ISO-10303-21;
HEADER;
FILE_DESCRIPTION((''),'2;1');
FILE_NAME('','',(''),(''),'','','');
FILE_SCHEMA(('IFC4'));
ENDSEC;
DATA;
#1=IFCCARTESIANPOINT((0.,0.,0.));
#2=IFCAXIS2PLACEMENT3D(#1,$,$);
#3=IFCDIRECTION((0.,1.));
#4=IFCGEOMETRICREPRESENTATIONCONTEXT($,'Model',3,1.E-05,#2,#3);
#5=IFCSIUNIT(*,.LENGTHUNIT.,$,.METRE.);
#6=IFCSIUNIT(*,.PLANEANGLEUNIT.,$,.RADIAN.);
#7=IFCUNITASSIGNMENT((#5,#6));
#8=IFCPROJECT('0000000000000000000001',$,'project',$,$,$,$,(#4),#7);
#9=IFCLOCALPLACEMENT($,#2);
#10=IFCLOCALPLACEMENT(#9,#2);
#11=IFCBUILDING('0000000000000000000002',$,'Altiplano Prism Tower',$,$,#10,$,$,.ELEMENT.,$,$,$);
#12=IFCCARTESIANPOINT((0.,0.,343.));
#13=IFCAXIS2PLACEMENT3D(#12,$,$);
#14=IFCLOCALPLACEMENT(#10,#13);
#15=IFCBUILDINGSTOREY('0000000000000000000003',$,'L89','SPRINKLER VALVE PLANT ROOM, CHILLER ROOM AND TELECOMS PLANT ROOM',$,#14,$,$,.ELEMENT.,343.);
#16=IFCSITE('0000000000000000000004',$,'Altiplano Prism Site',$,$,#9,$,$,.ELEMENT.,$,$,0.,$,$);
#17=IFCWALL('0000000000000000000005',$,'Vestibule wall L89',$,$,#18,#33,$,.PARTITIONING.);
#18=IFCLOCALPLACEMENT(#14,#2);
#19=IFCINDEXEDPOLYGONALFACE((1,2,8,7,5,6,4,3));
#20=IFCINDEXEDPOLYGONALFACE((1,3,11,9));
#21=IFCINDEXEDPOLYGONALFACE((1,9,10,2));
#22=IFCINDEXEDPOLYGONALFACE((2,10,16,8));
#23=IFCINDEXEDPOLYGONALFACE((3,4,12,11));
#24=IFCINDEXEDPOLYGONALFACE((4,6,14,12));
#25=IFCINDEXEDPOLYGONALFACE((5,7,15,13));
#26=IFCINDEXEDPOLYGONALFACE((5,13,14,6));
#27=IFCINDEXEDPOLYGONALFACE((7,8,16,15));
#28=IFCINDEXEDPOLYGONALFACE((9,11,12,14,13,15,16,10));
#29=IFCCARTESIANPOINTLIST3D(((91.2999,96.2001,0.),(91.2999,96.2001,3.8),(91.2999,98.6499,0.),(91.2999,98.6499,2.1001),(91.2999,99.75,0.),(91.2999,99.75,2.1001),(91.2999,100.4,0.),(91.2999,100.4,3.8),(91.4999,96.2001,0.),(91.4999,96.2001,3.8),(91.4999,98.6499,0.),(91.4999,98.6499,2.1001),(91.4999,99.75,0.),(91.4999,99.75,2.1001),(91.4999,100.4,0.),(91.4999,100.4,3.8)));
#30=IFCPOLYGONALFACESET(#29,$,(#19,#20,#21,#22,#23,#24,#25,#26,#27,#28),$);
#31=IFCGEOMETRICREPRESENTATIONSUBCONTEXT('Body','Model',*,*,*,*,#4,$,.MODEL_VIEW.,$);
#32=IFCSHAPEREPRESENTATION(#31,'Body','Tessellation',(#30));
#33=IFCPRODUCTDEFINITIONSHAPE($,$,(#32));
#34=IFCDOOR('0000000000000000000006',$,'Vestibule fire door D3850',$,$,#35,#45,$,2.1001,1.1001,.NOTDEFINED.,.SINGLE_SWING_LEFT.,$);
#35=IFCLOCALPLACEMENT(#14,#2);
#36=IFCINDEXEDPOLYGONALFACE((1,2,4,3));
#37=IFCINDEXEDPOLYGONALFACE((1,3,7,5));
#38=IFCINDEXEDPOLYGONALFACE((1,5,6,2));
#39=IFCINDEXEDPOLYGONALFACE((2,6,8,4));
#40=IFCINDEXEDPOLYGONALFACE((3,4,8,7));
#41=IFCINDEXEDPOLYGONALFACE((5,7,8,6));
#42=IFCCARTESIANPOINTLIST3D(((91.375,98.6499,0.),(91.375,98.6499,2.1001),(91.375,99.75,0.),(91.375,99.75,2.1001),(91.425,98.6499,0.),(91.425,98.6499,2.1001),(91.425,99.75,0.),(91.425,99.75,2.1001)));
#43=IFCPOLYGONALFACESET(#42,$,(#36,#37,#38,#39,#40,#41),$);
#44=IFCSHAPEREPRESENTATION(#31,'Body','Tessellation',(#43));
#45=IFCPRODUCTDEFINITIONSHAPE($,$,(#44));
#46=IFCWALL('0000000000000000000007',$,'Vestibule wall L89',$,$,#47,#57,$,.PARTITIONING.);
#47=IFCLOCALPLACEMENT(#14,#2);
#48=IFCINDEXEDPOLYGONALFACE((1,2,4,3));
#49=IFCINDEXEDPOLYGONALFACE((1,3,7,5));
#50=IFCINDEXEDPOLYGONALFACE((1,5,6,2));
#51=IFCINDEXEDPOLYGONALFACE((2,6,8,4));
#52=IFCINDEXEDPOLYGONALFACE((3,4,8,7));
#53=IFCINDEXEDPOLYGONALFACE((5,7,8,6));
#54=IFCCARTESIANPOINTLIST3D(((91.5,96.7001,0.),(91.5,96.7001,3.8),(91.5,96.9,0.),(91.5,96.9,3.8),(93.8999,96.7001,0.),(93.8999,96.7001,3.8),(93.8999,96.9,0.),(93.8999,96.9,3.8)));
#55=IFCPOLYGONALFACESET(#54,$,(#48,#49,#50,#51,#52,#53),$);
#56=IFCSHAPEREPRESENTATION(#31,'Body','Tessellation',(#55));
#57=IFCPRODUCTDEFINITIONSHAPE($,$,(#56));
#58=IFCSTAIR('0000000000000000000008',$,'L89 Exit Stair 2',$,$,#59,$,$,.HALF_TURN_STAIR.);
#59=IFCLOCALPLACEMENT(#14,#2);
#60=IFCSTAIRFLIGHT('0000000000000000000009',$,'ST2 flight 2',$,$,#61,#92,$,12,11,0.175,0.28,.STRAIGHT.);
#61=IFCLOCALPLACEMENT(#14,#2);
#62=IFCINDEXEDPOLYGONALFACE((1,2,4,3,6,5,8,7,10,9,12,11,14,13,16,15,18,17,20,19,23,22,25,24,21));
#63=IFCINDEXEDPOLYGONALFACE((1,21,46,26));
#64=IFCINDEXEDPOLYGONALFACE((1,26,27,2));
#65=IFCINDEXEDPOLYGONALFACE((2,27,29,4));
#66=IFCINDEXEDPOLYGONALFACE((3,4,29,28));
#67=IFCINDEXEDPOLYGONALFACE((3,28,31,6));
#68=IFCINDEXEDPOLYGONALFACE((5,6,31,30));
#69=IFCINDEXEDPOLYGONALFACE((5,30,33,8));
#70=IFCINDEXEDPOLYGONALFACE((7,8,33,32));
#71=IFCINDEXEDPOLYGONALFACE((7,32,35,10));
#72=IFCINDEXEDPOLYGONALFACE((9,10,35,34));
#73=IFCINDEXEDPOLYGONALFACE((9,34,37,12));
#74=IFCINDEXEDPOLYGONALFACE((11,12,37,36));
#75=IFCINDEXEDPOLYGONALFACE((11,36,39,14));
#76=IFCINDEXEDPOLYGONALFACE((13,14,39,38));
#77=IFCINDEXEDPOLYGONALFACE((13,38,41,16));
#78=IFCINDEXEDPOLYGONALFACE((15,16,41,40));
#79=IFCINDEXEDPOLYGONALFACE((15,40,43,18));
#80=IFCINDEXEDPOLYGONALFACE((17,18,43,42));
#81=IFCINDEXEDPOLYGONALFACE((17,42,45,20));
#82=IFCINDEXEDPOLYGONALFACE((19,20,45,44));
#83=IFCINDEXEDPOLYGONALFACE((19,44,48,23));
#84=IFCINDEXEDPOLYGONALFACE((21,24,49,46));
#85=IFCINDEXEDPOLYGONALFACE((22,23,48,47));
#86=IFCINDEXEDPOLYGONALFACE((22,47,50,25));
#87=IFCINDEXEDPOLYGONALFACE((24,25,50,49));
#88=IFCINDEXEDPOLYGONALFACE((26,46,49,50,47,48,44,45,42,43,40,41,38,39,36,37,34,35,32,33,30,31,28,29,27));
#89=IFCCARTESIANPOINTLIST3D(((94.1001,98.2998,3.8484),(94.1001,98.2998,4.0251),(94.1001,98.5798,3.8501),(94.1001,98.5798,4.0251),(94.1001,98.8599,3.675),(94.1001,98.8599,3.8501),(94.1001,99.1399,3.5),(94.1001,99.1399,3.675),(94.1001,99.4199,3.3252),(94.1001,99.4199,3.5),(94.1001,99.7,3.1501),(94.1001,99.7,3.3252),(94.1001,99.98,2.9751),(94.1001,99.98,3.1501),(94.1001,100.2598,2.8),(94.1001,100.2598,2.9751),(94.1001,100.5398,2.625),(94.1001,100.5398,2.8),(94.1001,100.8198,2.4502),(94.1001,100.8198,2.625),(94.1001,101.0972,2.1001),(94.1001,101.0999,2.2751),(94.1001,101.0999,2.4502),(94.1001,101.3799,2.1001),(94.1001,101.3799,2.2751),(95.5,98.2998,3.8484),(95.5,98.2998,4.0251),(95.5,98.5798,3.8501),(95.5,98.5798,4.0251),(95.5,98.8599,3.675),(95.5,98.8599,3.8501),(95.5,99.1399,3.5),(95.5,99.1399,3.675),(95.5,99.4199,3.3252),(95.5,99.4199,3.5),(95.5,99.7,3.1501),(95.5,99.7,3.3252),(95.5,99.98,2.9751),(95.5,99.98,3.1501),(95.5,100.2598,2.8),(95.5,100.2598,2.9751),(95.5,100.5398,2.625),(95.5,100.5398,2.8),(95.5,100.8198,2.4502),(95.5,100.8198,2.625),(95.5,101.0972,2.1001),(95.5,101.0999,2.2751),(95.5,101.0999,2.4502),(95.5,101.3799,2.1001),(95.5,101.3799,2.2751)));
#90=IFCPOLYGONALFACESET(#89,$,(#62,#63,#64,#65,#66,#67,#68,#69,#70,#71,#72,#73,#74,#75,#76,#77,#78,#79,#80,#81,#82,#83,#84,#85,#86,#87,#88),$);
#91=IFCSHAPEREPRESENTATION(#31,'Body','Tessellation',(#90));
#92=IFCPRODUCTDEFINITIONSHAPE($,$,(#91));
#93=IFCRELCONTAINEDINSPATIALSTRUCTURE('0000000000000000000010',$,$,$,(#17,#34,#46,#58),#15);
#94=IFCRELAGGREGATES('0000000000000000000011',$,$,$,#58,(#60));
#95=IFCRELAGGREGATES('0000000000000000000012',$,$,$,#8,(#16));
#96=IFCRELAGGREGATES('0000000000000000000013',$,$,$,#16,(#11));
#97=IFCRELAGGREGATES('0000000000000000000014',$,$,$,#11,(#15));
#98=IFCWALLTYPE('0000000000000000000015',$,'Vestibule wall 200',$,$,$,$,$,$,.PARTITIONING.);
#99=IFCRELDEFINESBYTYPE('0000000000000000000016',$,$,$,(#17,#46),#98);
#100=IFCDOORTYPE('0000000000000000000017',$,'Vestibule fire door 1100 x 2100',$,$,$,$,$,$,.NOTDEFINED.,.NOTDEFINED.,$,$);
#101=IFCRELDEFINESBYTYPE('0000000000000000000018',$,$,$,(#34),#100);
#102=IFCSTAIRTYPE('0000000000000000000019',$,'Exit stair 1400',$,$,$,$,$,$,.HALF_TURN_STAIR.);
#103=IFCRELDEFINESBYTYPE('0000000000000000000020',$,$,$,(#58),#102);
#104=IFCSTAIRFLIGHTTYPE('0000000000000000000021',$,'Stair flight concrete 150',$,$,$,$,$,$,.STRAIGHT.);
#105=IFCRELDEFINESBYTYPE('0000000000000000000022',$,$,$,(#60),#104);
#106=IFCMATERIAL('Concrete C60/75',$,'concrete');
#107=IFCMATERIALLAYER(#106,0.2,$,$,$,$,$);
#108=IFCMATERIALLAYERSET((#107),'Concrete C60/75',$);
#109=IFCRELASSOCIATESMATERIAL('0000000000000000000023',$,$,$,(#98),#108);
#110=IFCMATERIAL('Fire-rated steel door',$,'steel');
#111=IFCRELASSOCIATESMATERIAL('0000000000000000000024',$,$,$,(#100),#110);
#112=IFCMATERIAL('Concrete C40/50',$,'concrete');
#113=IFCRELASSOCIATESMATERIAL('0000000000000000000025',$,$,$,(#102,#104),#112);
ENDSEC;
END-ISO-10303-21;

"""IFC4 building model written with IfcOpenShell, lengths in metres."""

from ifc_helpers import new_model, si_unit, direction, frame, frame_2d, origin, place, context, subcontext, project, spatial, polyline, rectangle, outline, extrude, material, layer, layer_set, type_object, element, fill, aggregate, save


model = new_model("IFC4")

# Units and contexts
model_context = context("Model", 3, precision=1e-05, world=origin(), true_north=direction((0.0, 1.0)))
body_context = subcontext(model_context, "Body", "Model", "MODEL_VIEW")
ifc_project = project(units=[si_unit("LENGTHUNIT", "METRE"), si_unit("PLANEANGLEUNIT", "RADIAN")], contexts=[model_context])

# Site, building, storey
site_placement = place(None, origin())
site = spatial("IfcSite", under=ifc_project, at=site_placement, Name="Altiplano Prism Site", CompositionType="ELEMENT", RefElevation=0.0)
building_placement = place(site_placement, origin())
building = spatial("IfcBuilding", under=site, at=building_placement, Name="Altiplano Prism Tower", CompositionType="ELEMENT")
storey_placement = place(building_placement, frame((0.0, 0.0, 343.0)))
storey = spatial("IfcBuildingStorey", under=building, at=storey_placement, Name="L89", Description="SPRINKLER VALVE PLANT ROOM, CHILLER ROOM AND TELECOMS PLANT ROOM", CompositionType="ELEMENT", Elevation=343.0)

# Shared definitions
ifc_material_1 = material(Name="Concrete C60/75", Category="concrete")

# Shared definitions
ifc_material_2 = material(Name="Fire-rated steel door", Category="steel")

# Shared definitions
ifc_layer_1 = layer(ifc_material_1, 0.2)
ifc_layer_set_1 = layer_set([ifc_layer_1], Name="Concrete C60/75")
wall_type_1 = type_object("IfcWallType", Name="Vestibule wall 200", PredefinedType="PARTITIONING", material=ifc_layer_set_1)

# Shared definitions
door_type_1 = type_object("IfcDoorType", Name="Vestibule fire door 1100 x 2100", OperationType="NOTDEFINED", PredefinedType="NOTDEFINED", material=ifc_material_2)

# Wall, opening, door
wall_1_placement = place(storey_placement, frame((91.3999, 96.2, 0.0), z_axis=(0.0, 0.0, 1.0), x_axis=(0.0, 1.0, 0.0)))
wall_1 = element("IfcWall", 1, at=wall_1_placement, inside=storey, type_object=wall_type_1, Name="Vestibule wall L89", PredefinedType="PARTITIONING", context=body_context, shape_type="SweptSolid", body=[
    extrude(rectangle(XDim=4.2, YDim=0.2, at=frame_2d((2.1001, 0.0))), origin(), (0.0, 0.0, 1.0), 3.8),
])
opening_1_placement = place(wall_1_placement, frame((2.45, 0.0, 0.0)))
opening_1 = element("IfcOpeningElement", 2, at=opening_1_placement, cuts=wall_1, PredefinedType="OPENING", context=body_context, shape_type="SweptSolid", body=[
    extrude(rectangle(XDim=1.1001, YDim=2.1001, at=frame_2d((0.55, 1.05))), frame((0.0, 0.1104, 0.0), z_axis=(0.0, -1.0, 0.0), x_axis=(1.0, 0.0, 0.0)), (0.0, 0.0, 1.0), 0.2209),
])
door_1_placement = place(opening_1_placement, origin())
door_1 = element("IfcDoor", 3, at=door_1_placement, inside=storey, type_object=door_type_1, Name="Vestibule fire door D3850", OperationType="SINGLE_SWING_LEFT", OverallHeight=2.1001, OverallWidth=1.1001, PredefinedType="NOTDEFINED", context=body_context, shape_type="SweptSolid", body=[
    extrude(rectangle(XDim=1.1001, YDim=2.1001, at=frame_2d((0.55, 1.05))), frame((0.0, 0.0249, 0.0), z_axis=(0.0, -1.0, 0.0), x_axis=(1.0, 0.0, 0.0)), (0.0, 0.0, 1.0), 0.05),
])
fill(opening_1, door_1)

# Wall
wall_2_placement = place(storey_placement, frame((91.5, 96.8, 0.0), z_axis=(0.0, 0.0, 1.0), x_axis=(1.0, 0.0, 0.0)))
element("IfcWall", 4, at=wall_2_placement, inside=storey, type_object=wall_type_1, Name="Vestibule wall L89", PredefinedType="PARTITIONING", context=body_context, shape_type="SweptSolid", body=[
    extrude(rectangle(XDim=2.3999, YDim=0.2, at=frame_2d((1.2, 0.0))), origin(), (0.0, 0.0, 1.0), 3.8),
])

# Stair, stair flight
ifc_material_3 = material(Name="Concrete C40/50", Category="concrete")
stair_type = type_object("IfcStairType", Name="Exit stair 1400", PredefinedType="HALF_TURN_STAIR", material=ifc_material_3)
stair_placement = place(storey_placement, origin())
stair = element("IfcStair", 5, at=stair_placement, inside=storey, type_object=stair_type, Name="L89 Exit Stair 2", PredefinedType="HALF_TURN_STAIR")
stair_flight_type = type_object("IfcStairFlightType", Name="Stair flight concrete 150", PredefinedType="STRAIGHT", material=ifc_material_3)
stair_flight_placement = place(storey_placement, frame((94.8, 101.3799, 2.1001), z_axis=(0.0, 0.0, 1.0), x_axis=(0.0, -1.0, 0.0)))
stair_flight = element("IfcStairFlight", 6, at=stair_flight_placement, type_object=stair_flight_type, Name="ST2 flight 2", NumberOfRisers=12, NumberOfTreads=11, PredefinedType="STRAIGHT", RiserHeight=0.175, TreadLength=0.28, context=body_context, shape_type="SweptSolid", body=[
    extrude(outline(polyline([(0.0, 0.0), (0.0, 0.175), (0.28, 0.175), (0.28, 0.3501), (0.5601, 0.3501), (0.5601, 0.5249), (0.8401, 0.5249), (0.8401, 0.7), (1.1201, 0.7), (1.1201, 0.875), (1.3999, 0.875), (1.3999, 1.05), (1.6799, 1.05), (1.6799, 1.2251), (1.96, 1.2251), (1.96, 1.3999), (2.24, 1.3999), (2.24, 1.575), (2.52, 1.575), (2.52, 1.75), (2.8, 1.75), (2.8, 1.925), (3.0801, 1.925), (3.0801, 2.1001), (3.0801, 1.7483), (0.2827, 0.0), (0.0, 0.0)])), frame((0.0, 0.7, 0.0), z_axis=(0.0, -1.0, 0.0), x_axis=(1.0, 0.0, 0.0)), (0.0, 0.0, 1.0), 1.3999),
])
aggregate(stair, [stair_flight])

save(model, "model.ifc")
